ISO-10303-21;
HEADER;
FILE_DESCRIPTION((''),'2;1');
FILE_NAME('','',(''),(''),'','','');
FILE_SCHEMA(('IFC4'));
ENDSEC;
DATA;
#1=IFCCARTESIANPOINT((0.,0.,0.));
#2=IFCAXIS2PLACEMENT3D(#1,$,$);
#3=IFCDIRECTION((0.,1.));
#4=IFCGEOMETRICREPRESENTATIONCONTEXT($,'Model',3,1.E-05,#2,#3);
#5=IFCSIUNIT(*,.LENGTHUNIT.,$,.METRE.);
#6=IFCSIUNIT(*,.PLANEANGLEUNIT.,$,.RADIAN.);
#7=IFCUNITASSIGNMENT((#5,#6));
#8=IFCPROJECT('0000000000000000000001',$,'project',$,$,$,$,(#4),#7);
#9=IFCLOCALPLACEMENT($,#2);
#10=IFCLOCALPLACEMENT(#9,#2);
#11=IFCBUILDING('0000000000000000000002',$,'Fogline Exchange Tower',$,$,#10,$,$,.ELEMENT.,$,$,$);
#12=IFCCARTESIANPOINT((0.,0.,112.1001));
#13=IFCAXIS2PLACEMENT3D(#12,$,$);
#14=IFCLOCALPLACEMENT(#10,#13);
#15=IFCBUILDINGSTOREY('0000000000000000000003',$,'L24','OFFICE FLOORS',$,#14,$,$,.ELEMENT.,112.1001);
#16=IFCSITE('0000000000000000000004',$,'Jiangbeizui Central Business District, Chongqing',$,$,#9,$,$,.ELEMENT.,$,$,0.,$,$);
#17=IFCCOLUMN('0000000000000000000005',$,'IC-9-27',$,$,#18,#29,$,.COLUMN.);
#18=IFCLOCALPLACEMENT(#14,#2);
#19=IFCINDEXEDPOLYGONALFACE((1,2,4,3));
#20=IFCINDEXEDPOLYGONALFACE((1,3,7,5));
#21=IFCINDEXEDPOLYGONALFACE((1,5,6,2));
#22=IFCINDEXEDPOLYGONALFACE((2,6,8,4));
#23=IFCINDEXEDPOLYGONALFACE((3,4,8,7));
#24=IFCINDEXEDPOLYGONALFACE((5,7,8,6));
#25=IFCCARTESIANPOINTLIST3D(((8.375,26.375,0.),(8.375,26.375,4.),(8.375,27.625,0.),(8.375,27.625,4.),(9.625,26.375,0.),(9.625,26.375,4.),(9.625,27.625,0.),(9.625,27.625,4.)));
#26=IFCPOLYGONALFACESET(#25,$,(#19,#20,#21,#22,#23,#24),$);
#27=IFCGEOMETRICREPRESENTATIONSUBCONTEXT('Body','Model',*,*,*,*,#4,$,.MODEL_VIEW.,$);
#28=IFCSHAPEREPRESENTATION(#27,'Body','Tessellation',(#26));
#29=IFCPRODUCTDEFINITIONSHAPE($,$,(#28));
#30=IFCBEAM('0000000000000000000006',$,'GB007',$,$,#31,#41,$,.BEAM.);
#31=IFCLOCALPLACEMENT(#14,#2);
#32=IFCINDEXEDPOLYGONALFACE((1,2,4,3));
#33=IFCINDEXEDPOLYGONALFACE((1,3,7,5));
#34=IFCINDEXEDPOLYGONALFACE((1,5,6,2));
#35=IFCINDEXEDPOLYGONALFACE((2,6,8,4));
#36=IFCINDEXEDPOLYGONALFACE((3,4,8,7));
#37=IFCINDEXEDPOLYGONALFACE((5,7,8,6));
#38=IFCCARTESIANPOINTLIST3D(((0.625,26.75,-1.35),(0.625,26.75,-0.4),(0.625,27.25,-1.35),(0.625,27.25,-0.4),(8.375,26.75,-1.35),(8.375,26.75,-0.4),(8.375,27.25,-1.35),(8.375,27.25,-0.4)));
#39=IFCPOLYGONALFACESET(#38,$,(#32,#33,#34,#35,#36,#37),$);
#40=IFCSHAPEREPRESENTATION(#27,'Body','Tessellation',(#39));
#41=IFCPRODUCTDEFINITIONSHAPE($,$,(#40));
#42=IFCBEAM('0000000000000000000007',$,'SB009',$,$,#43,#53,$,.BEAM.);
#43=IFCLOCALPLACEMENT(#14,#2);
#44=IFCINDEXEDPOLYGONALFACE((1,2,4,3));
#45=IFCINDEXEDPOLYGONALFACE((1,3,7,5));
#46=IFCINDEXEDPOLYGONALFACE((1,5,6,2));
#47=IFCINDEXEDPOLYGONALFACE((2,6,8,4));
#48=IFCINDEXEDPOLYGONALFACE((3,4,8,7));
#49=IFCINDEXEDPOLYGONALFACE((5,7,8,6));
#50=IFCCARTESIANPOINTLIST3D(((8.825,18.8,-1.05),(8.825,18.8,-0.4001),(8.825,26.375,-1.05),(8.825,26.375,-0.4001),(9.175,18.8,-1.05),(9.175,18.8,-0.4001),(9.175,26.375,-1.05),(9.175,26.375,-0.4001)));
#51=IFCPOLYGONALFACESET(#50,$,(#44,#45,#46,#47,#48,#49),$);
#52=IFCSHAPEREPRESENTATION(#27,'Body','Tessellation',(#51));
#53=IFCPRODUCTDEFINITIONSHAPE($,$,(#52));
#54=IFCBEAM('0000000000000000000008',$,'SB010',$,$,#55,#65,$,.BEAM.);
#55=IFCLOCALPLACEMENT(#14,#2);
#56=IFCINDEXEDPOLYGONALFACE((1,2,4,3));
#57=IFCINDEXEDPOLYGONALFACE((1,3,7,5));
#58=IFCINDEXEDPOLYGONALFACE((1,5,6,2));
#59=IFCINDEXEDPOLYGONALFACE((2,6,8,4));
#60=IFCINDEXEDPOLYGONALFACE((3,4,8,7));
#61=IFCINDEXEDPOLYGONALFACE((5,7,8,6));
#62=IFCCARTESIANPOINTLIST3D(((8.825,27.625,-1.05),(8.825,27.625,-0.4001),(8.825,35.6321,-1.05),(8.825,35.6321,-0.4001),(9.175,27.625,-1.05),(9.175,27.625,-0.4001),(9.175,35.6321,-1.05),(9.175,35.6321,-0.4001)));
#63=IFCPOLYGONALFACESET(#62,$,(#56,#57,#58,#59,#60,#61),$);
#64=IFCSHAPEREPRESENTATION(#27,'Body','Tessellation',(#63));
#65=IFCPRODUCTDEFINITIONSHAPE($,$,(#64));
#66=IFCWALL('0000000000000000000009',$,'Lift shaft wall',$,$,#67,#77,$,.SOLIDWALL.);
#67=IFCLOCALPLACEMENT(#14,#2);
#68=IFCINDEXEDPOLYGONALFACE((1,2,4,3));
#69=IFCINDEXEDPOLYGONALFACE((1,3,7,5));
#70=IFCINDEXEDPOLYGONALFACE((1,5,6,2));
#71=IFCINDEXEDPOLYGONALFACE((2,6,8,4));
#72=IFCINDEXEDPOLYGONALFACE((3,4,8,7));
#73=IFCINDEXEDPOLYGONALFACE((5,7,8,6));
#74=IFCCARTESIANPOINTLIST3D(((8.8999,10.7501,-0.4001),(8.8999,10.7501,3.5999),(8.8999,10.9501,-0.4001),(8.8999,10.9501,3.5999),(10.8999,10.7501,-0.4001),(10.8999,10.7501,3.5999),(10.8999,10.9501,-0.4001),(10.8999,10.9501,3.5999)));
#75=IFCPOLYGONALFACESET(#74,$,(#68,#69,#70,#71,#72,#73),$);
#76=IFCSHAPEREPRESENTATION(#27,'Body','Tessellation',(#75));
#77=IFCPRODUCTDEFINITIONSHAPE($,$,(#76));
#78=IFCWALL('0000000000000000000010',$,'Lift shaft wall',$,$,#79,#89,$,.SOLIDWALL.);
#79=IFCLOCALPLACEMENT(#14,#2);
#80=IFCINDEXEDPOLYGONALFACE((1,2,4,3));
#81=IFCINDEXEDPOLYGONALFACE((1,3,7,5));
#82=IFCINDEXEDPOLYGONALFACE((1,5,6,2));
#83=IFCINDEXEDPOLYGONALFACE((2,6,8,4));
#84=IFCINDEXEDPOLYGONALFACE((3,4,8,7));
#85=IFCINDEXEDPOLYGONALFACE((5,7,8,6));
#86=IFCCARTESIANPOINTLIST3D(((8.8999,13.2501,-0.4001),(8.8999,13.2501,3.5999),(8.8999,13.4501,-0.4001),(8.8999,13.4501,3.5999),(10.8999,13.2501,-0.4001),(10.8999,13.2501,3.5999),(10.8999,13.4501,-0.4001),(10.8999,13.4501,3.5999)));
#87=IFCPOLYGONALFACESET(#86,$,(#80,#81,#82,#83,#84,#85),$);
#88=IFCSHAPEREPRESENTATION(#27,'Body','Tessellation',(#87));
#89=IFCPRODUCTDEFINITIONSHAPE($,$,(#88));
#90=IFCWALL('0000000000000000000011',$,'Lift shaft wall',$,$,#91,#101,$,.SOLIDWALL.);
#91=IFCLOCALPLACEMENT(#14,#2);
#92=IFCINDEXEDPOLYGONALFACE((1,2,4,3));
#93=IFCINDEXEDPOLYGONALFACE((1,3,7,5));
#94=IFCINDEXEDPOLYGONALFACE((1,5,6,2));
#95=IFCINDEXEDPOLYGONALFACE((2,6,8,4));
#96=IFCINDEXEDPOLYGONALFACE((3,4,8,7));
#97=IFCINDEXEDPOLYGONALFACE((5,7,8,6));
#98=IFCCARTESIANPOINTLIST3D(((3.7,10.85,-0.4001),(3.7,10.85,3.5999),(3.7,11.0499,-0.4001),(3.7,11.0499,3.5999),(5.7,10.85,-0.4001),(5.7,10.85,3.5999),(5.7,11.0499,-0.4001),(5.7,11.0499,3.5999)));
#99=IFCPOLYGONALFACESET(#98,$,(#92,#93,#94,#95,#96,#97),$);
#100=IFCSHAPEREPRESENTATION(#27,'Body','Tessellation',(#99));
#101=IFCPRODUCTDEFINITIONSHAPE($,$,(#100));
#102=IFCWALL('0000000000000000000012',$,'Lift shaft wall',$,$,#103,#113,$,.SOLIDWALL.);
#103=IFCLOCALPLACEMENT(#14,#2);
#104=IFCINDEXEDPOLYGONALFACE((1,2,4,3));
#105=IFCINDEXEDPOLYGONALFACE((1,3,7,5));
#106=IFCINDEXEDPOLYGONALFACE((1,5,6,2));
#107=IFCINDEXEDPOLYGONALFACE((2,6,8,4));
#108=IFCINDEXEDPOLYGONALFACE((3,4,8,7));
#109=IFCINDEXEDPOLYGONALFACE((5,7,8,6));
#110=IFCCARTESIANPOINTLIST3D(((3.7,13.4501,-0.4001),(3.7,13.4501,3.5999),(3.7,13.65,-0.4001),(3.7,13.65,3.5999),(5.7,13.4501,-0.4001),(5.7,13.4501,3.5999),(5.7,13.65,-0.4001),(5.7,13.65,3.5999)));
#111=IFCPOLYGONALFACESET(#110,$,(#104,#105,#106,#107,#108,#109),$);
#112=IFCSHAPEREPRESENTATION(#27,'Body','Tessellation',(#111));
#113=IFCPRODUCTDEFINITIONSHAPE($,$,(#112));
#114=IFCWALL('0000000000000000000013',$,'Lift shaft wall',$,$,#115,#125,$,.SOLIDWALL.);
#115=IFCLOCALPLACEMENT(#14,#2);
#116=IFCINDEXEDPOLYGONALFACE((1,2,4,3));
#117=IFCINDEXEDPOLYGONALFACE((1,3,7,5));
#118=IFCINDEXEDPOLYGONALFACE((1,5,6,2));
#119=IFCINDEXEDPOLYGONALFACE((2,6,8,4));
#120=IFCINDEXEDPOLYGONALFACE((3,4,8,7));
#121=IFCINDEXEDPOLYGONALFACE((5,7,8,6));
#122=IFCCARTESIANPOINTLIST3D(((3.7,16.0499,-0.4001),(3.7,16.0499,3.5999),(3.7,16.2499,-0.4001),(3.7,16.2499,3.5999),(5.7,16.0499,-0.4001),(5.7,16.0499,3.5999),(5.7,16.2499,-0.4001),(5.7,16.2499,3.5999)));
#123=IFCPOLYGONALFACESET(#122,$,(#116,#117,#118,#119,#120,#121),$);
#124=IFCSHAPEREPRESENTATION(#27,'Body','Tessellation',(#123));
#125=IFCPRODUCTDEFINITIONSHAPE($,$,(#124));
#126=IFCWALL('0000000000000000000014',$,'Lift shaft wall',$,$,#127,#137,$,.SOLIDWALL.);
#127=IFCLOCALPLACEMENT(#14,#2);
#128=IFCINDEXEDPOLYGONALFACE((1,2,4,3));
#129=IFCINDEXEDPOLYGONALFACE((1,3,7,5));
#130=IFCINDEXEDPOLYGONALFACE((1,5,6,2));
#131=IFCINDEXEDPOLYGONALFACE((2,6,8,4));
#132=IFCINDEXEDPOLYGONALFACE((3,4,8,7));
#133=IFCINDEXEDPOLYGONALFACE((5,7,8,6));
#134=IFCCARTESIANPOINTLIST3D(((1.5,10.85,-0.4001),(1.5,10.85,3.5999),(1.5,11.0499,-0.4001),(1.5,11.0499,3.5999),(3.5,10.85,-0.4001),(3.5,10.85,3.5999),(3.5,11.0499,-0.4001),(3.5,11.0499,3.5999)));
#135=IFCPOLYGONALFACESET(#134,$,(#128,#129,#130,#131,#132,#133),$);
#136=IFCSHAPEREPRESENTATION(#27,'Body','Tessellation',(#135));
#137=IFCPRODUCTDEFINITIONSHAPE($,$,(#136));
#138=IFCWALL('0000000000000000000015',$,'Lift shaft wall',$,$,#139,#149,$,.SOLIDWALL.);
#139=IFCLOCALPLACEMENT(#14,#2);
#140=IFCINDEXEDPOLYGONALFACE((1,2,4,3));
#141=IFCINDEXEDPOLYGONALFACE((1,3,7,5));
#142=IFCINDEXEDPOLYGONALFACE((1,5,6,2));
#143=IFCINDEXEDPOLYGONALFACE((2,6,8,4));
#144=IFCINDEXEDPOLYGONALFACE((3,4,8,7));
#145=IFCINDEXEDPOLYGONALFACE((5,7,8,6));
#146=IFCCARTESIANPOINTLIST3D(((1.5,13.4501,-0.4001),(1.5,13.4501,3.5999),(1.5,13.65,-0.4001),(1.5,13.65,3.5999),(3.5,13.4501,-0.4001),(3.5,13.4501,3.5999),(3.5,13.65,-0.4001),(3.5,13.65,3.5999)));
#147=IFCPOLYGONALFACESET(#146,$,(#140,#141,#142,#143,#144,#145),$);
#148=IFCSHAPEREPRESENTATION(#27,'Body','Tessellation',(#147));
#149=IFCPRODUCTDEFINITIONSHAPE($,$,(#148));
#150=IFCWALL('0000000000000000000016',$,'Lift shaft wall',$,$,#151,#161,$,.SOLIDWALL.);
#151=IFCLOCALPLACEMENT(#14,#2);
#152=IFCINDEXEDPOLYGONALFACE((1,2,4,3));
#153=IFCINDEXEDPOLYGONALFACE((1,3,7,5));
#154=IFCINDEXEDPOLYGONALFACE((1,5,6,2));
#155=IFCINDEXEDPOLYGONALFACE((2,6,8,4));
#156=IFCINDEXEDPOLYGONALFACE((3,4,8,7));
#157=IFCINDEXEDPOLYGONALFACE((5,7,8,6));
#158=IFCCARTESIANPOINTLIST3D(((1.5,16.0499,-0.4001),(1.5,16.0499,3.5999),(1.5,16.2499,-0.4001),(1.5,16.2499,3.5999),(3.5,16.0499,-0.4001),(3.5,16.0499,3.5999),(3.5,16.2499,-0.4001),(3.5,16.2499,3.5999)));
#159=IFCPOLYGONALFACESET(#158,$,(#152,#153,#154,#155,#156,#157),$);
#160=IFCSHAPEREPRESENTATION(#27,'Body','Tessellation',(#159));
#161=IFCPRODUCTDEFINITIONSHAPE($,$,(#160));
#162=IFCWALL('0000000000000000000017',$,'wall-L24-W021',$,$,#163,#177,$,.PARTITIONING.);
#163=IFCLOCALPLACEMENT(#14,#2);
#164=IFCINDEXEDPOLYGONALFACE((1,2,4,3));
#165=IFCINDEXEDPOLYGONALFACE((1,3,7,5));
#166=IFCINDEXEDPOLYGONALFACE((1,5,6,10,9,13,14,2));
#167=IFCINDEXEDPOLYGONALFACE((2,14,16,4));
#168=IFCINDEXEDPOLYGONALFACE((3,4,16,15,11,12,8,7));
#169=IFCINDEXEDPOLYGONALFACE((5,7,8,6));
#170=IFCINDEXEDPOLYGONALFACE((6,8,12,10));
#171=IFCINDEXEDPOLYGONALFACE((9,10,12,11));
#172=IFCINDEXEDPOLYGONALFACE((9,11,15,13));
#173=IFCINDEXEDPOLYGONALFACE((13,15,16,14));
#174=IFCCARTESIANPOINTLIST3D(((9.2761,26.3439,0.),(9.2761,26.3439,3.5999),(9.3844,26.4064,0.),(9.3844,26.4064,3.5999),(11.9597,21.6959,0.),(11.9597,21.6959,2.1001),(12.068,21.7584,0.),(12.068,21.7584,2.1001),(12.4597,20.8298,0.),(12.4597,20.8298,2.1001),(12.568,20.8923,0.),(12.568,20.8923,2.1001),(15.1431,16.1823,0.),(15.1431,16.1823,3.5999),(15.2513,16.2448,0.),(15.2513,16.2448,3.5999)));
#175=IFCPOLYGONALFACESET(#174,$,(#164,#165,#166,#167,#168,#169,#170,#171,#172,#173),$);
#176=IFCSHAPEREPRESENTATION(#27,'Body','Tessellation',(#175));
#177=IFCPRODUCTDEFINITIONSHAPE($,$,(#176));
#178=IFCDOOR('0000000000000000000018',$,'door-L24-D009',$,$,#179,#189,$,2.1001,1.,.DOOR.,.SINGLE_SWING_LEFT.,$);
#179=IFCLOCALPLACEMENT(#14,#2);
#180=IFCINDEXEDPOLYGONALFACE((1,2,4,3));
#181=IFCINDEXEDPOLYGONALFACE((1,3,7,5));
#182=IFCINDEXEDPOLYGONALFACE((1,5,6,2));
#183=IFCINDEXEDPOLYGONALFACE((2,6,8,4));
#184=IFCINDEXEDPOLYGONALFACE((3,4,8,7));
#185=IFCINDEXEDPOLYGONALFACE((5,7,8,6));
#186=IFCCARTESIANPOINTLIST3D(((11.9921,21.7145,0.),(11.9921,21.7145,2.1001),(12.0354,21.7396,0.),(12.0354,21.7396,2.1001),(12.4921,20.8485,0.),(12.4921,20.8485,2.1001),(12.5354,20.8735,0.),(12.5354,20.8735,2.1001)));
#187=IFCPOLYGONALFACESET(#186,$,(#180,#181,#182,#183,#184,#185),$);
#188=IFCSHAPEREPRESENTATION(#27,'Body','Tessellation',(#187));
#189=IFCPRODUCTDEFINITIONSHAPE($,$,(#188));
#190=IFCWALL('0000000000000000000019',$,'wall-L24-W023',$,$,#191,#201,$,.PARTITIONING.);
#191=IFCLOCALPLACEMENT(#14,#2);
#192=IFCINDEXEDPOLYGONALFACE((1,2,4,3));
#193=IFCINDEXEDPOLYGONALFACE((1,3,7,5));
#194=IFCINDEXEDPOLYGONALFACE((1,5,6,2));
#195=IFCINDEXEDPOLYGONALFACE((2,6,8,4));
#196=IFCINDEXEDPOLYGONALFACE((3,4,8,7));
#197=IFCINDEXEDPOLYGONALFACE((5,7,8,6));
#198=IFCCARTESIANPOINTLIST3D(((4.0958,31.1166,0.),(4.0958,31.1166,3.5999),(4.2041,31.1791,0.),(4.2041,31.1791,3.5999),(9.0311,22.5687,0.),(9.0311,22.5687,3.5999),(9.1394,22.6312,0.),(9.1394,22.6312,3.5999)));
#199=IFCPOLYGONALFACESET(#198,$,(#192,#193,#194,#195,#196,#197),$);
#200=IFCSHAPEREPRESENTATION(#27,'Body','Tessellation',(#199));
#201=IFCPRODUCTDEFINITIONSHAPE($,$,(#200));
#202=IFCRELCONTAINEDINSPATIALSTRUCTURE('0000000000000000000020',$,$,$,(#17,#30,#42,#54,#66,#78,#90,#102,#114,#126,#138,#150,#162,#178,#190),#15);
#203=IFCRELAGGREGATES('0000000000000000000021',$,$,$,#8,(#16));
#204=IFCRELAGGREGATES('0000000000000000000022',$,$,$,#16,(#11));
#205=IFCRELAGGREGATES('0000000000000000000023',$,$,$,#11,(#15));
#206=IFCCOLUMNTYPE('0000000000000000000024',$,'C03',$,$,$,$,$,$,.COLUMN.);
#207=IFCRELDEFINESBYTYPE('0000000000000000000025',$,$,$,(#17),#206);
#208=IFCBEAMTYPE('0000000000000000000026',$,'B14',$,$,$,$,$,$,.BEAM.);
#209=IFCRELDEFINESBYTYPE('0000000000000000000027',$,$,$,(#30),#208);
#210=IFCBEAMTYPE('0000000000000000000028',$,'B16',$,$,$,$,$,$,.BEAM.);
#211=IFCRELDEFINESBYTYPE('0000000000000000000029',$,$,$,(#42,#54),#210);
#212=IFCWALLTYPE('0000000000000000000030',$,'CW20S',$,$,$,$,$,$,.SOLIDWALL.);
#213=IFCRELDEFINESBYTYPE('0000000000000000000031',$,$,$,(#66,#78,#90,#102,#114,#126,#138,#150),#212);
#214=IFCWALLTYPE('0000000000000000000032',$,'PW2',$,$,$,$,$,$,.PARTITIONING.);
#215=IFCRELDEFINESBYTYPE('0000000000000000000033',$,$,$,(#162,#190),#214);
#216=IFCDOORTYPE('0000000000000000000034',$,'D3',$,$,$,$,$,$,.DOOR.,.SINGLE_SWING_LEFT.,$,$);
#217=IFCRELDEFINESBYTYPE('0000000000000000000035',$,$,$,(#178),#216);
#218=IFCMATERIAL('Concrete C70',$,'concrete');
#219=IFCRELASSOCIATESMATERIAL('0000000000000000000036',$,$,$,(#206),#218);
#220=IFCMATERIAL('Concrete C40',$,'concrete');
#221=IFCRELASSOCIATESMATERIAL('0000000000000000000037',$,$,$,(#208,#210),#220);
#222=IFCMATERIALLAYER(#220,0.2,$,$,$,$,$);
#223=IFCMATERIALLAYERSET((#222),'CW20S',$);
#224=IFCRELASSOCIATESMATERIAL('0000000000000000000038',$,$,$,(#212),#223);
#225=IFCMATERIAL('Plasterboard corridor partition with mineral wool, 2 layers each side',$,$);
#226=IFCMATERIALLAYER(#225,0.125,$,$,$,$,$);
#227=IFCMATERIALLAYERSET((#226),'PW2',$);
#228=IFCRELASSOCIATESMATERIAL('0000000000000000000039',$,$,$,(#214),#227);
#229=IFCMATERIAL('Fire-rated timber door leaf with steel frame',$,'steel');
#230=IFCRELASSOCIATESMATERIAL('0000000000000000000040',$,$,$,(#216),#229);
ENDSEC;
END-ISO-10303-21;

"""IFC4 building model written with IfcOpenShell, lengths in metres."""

from ifc_helpers import new_model, si_unit, direction, frame, frame_2d, origin, origin_2d, place, context, subcontext, project, spatial, rectangle, extrude, material, layer, layer_set, material_profile, profile_set, type_object, element, fill, save


model = new_model("IFC4")

# Units and contexts
model_context = context("Model", 3, precision=1e-05, world=origin(), true_north=direction((0.0, 1.0)))
body_context = subcontext(model_context, "Body", "Model", "MODEL_VIEW")
ifc_project = project(units=[si_unit("LENGTHUNIT", "METRE"), si_unit("PLANEANGLEUNIT", "RADIAN")], contexts=[model_context])

# Site, building, storey
site_placement = place(None, origin())
site = spatial("IfcSite", under=ifc_project, at=site_placement, Name="Jiangbeizui Central Business District, Chongqing", CompositionType="ELEMENT", RefElevation=0.0)
building_placement = place(site_placement, origin())
building = spatial("IfcBuilding", under=site, at=building_placement, Name="Fogline Exchange Tower", CompositionType="ELEMENT")
storey_placement = place(building_placement, frame((0.0, 0.0, 112.1001)))
storey = spatial("IfcBuildingStorey", under=building, at=storey_placement, Name="L24", Description="OFFICE FLOORS", CompositionType="ELEMENT", Elevation=112.1001)

# Column
ifc_material_1 = material(Name="Concrete C70", Category="concrete")
ifc_material_profile_1 = material_profile(ifc_material_1, rectangle(XDim=1.25, YDim=1.25, at=origin_2d()), Name="RC 1250x1250")
ifc_profile_set_1 = profile_set([ifc_material_profile_1], Name="Concrete C70")
column_type = type_object("IfcColumnType", Name="C03", PredefinedType="COLUMN", material=ifc_profile_set_1)
column_placement = place(storey_placement, frame((9.0, 27.0, 0.0), z_axis=(0.0, 0.0, 1.0), x_axis=(1.0, 0.0, 0.0)))
element("IfcColumn", 1, at=column_placement, inside=storey, type_object=column_type, Name="IC-9-27", PredefinedType="COLUMN", context=body_context, shape_type="SweptSolid", body=[
    extrude(rectangle(XDim=1.25, YDim=1.25, at=origin_2d()), origin(), (0.0, 0.0, 1.0), 4.0),
])

# Beams
ifc_material_2 = material(Name="Concrete C40", Category="concrete")
ifc_material_profile_2 = material_profile(ifc_material_2, rectangle(XDim=0.5, YDim=0.95, at=origin_2d()), Name="RC 500x950")
ifc_profile_set_2 = profile_set([ifc_material_profile_2], Name="Concrete C40")
beam_type_1 = type_object("IfcBeamType", Name="B14", PredefinedType="BEAM", material=ifc_profile_set_2)
beam_1_placement = place(storey_placement, frame((0.625, 27.0, -0.875), z_axis=(1.0, 0.0, 0.0), x_axis=(0.0, 1.0, 0.0)))
element("IfcBeam", 2, at=beam_1_placement, inside=storey, type_object=beam_type_1, Name="GB007", PredefinedType="BEAM", context=body_context, shape_type="SweptSolid", body=[
    extrude(rectangle(XDim=0.5, YDim=0.95, at=origin_2d()), origin(), (0.0, 0.0, 1.0), 7.75),
])
ifc_material_profile_3 = material_profile(ifc_material_2, rectangle(XDim=0.3501, YDim=0.6499, at=origin_2d()), Name="RC 350x650")
ifc_profile_set_3 = profile_set([ifc_material_profile_3], Name="Concrete C40")
beam_type_2 = type_object("IfcBeamType", Name="B16", PredefinedType="BEAM", material=ifc_profile_set_3)
beam_2_placement = place(storey_placement, frame((9.0, 18.8, -0.7251), z_axis=(0.0, 1.0, 0.0), x_axis=(-1.0, 0.0, 0.0)))
element("IfcBeam", 3, at=beam_2_placement, inside=storey, type_object=beam_type_2, Name="SB009", PredefinedType="BEAM", context=body_context, shape_type="SweptSolid", body=[
    extrude(rectangle(XDim=0.3501, YDim=0.6499, at=origin_2d()), origin(), (0.0, 0.0, 1.0), 7.575),
])
beam_3_placement = place(storey_placement, frame((9.0, 27.625, -0.7251), z_axis=(0.0, 1.0, 0.0), x_axis=(-1.0, 0.0, 0.0)))
element("IfcBeam", 4, at=beam_3_placement, inside=storey, type_object=beam_type_2, Name="SB010", PredefinedType="BEAM", context=body_context, shape_type="SweptSolid", body=[
    extrude(rectangle(XDim=0.3501, YDim=0.6499, at=origin_2d()), origin(), (0.0, 0.0, 1.0), 8.0071),
])

# Walls
ifc_layer_1 = layer(ifc_material_2, 0.2)
ifc_layer_set_1 = layer_set([ifc_layer_1], Name="CW20S")
wall_type_1 = type_object("IfcWallType", Name="CW20S", PredefinedType="SOLIDWALL", material=ifc_layer_set_1)
for number, where, z_axis, x_axis, name in (
    (5, (8.8999, 10.8501, -0.4001), (0.0, 0.0, 1.0), (1.0, 0.0, 0.0), "Lift shaft wall"),
    (6, (8.8999, 13.3501, -0.4001), (0.0, 0.0, 1.0), (1.0, 0.0, 0.0), "Lift shaft wall"),
    (7, (3.7, 10.95, -0.4001), (0.0, 0.0, 1.0), (1.0, 0.0, 0.0), "Lift shaft wall"),
    (8, (3.7, 13.55, -0.4001), (0.0, 0.0, 1.0), (1.0, 0.0, 0.0), "Lift shaft wall"),
    (9, (3.7, 16.1499, -0.4001), (0.0, 0.0, 1.0), (1.0, 0.0, 0.0), "Lift shaft wall"),
    (10, (1.5, 10.95, -0.4001), (0.0, 0.0, 1.0), (1.0, 0.0, 0.0), "Lift shaft wall"),
    (11, (1.5, 13.55, -0.4001), (0.0, 0.0, 1.0), (1.0, 0.0, 0.0), "Lift shaft wall"),
    (12, (1.5, 16.1499, -0.4001), (0.0, 0.0, 1.0), (1.0, 0.0, 0.0), "Lift shaft wall"),
):
    element("IfcWall", number, at=place(storey_placement, frame(where, z_axis=z_axis, x_axis=x_axis)), inside=storey, type_object=wall_type_1, Name=name, PredefinedType="SOLIDWALL", context=body_context, shape_type="SweptSolid", body=[
        extrude(rectangle(XDim=2.0, YDim=0.2, at=frame_2d((1.0, 0.0))), origin(), (0.0, 0.0, 1.0), 4.0),
    ])

# Wall, opening, door
ifc_material_3 = material(Name="Plasterboard corridor partition with mineral wool, 2 layers each side")
ifc_layer_2 = layer(ifc_material_3, 0.125)
ifc_layer_set_2 = layer_set([ifc_layer_2], Name="PW2")
wall_type_2 = type_object("IfcWallType", Name="PW2", PredefinedType="PARTITIONING", material=ifc_layer_set_2)
wall_1_placement = place(storey_placement, frame((9.3303, 26.375, 0.0), z_axis=(0.0, 0.0, 1.0), x_axis=(0.500008, -0.866021, 0.0)))
wall_1 = element("IfcWall", 13, at=wall_1_placement, inside=storey, type_object=wall_type_2, Name="wall-L24-W021", PredefinedType="PARTITIONING", context=body_context, shape_type="SweptSolid", body=[
    extrude(rectangle(XDim=11.7336, YDim=0.125, at=frame_2d((5.8667, 0.0))), origin(), (0.0, 0.0, 1.0), 3.5999),
])
opening_1_placement = place(wall_1_placement, frame((5.3669, 0.0, 0.0)))
opening_1 = element("IfcOpeningElement", 14, at=opening_1_placement, cuts=wall_1, PredefinedType="OPENING", context=body_context, shape_type="SweptSolid", body=[
    extrude(rectangle(XDim=1.0, YDim=2.1001, at=frame_2d((0.5, 1.05))), frame((0.0, 0.0725, 0.0), z_axis=(0.0, -1.0, 0.0), x_axis=(1.0, 0.0, 0.0)), (0.0, 0.0, 1.0), 0.145),
])
ifc_material_4 = material(Name="Fire-rated timber door leaf with steel frame", Category="steel")
door_type_1 = type_object("IfcDoorType", Name="D3", OperationType="SINGLE_SWING_LEFT", PredefinedType="DOOR", material=ifc_material_4)
door_1_placement = place(opening_1_placement, origin())
door_1 = element("IfcDoor", 15, at=door_1_placement, inside=storey, type_object=door_type_1, Name="door-L24-D009", OperationType="SINGLE_SWING_LEFT", OverallHeight=2.1001, OverallWidth=1.0, PredefinedType="DOOR", context=body_context, shape_type="SweptSolid", body=[
    extrude(rectangle(XDim=1.0, YDim=2.1001, at=frame_2d((0.5, 1.05))), frame((0.0, 0.0249, 0.0), z_axis=(0.0, -1.0, 0.0), x_axis=(1.0, 0.0, 0.0)), (0.0, 0.0, 1.0), 0.05),
])
fill(opening_1, door_1)

# Wall
wall_2_placement = place(storey_placement, frame((9.0852, 22.6001, 0.0), z_axis=(0.0, 0.0, 1.0), x_axis=(-0.500015, 0.866017, 0.0)))
element("IfcWall", 16, at=wall_2_placement, inside=storey, type_object=wall_type_2, Name="wall-L24-W023", PredefinedType="PARTITIONING", context=body_context, shape_type="SweptSolid", body=[
    extrude(rectangle(XDim=9.8704, YDim=0.125, at=frame_2d((4.9351, 0.0))), origin(), (0.0, 0.0, 1.0), 3.5999),
])

save(model, "model.ifc")
